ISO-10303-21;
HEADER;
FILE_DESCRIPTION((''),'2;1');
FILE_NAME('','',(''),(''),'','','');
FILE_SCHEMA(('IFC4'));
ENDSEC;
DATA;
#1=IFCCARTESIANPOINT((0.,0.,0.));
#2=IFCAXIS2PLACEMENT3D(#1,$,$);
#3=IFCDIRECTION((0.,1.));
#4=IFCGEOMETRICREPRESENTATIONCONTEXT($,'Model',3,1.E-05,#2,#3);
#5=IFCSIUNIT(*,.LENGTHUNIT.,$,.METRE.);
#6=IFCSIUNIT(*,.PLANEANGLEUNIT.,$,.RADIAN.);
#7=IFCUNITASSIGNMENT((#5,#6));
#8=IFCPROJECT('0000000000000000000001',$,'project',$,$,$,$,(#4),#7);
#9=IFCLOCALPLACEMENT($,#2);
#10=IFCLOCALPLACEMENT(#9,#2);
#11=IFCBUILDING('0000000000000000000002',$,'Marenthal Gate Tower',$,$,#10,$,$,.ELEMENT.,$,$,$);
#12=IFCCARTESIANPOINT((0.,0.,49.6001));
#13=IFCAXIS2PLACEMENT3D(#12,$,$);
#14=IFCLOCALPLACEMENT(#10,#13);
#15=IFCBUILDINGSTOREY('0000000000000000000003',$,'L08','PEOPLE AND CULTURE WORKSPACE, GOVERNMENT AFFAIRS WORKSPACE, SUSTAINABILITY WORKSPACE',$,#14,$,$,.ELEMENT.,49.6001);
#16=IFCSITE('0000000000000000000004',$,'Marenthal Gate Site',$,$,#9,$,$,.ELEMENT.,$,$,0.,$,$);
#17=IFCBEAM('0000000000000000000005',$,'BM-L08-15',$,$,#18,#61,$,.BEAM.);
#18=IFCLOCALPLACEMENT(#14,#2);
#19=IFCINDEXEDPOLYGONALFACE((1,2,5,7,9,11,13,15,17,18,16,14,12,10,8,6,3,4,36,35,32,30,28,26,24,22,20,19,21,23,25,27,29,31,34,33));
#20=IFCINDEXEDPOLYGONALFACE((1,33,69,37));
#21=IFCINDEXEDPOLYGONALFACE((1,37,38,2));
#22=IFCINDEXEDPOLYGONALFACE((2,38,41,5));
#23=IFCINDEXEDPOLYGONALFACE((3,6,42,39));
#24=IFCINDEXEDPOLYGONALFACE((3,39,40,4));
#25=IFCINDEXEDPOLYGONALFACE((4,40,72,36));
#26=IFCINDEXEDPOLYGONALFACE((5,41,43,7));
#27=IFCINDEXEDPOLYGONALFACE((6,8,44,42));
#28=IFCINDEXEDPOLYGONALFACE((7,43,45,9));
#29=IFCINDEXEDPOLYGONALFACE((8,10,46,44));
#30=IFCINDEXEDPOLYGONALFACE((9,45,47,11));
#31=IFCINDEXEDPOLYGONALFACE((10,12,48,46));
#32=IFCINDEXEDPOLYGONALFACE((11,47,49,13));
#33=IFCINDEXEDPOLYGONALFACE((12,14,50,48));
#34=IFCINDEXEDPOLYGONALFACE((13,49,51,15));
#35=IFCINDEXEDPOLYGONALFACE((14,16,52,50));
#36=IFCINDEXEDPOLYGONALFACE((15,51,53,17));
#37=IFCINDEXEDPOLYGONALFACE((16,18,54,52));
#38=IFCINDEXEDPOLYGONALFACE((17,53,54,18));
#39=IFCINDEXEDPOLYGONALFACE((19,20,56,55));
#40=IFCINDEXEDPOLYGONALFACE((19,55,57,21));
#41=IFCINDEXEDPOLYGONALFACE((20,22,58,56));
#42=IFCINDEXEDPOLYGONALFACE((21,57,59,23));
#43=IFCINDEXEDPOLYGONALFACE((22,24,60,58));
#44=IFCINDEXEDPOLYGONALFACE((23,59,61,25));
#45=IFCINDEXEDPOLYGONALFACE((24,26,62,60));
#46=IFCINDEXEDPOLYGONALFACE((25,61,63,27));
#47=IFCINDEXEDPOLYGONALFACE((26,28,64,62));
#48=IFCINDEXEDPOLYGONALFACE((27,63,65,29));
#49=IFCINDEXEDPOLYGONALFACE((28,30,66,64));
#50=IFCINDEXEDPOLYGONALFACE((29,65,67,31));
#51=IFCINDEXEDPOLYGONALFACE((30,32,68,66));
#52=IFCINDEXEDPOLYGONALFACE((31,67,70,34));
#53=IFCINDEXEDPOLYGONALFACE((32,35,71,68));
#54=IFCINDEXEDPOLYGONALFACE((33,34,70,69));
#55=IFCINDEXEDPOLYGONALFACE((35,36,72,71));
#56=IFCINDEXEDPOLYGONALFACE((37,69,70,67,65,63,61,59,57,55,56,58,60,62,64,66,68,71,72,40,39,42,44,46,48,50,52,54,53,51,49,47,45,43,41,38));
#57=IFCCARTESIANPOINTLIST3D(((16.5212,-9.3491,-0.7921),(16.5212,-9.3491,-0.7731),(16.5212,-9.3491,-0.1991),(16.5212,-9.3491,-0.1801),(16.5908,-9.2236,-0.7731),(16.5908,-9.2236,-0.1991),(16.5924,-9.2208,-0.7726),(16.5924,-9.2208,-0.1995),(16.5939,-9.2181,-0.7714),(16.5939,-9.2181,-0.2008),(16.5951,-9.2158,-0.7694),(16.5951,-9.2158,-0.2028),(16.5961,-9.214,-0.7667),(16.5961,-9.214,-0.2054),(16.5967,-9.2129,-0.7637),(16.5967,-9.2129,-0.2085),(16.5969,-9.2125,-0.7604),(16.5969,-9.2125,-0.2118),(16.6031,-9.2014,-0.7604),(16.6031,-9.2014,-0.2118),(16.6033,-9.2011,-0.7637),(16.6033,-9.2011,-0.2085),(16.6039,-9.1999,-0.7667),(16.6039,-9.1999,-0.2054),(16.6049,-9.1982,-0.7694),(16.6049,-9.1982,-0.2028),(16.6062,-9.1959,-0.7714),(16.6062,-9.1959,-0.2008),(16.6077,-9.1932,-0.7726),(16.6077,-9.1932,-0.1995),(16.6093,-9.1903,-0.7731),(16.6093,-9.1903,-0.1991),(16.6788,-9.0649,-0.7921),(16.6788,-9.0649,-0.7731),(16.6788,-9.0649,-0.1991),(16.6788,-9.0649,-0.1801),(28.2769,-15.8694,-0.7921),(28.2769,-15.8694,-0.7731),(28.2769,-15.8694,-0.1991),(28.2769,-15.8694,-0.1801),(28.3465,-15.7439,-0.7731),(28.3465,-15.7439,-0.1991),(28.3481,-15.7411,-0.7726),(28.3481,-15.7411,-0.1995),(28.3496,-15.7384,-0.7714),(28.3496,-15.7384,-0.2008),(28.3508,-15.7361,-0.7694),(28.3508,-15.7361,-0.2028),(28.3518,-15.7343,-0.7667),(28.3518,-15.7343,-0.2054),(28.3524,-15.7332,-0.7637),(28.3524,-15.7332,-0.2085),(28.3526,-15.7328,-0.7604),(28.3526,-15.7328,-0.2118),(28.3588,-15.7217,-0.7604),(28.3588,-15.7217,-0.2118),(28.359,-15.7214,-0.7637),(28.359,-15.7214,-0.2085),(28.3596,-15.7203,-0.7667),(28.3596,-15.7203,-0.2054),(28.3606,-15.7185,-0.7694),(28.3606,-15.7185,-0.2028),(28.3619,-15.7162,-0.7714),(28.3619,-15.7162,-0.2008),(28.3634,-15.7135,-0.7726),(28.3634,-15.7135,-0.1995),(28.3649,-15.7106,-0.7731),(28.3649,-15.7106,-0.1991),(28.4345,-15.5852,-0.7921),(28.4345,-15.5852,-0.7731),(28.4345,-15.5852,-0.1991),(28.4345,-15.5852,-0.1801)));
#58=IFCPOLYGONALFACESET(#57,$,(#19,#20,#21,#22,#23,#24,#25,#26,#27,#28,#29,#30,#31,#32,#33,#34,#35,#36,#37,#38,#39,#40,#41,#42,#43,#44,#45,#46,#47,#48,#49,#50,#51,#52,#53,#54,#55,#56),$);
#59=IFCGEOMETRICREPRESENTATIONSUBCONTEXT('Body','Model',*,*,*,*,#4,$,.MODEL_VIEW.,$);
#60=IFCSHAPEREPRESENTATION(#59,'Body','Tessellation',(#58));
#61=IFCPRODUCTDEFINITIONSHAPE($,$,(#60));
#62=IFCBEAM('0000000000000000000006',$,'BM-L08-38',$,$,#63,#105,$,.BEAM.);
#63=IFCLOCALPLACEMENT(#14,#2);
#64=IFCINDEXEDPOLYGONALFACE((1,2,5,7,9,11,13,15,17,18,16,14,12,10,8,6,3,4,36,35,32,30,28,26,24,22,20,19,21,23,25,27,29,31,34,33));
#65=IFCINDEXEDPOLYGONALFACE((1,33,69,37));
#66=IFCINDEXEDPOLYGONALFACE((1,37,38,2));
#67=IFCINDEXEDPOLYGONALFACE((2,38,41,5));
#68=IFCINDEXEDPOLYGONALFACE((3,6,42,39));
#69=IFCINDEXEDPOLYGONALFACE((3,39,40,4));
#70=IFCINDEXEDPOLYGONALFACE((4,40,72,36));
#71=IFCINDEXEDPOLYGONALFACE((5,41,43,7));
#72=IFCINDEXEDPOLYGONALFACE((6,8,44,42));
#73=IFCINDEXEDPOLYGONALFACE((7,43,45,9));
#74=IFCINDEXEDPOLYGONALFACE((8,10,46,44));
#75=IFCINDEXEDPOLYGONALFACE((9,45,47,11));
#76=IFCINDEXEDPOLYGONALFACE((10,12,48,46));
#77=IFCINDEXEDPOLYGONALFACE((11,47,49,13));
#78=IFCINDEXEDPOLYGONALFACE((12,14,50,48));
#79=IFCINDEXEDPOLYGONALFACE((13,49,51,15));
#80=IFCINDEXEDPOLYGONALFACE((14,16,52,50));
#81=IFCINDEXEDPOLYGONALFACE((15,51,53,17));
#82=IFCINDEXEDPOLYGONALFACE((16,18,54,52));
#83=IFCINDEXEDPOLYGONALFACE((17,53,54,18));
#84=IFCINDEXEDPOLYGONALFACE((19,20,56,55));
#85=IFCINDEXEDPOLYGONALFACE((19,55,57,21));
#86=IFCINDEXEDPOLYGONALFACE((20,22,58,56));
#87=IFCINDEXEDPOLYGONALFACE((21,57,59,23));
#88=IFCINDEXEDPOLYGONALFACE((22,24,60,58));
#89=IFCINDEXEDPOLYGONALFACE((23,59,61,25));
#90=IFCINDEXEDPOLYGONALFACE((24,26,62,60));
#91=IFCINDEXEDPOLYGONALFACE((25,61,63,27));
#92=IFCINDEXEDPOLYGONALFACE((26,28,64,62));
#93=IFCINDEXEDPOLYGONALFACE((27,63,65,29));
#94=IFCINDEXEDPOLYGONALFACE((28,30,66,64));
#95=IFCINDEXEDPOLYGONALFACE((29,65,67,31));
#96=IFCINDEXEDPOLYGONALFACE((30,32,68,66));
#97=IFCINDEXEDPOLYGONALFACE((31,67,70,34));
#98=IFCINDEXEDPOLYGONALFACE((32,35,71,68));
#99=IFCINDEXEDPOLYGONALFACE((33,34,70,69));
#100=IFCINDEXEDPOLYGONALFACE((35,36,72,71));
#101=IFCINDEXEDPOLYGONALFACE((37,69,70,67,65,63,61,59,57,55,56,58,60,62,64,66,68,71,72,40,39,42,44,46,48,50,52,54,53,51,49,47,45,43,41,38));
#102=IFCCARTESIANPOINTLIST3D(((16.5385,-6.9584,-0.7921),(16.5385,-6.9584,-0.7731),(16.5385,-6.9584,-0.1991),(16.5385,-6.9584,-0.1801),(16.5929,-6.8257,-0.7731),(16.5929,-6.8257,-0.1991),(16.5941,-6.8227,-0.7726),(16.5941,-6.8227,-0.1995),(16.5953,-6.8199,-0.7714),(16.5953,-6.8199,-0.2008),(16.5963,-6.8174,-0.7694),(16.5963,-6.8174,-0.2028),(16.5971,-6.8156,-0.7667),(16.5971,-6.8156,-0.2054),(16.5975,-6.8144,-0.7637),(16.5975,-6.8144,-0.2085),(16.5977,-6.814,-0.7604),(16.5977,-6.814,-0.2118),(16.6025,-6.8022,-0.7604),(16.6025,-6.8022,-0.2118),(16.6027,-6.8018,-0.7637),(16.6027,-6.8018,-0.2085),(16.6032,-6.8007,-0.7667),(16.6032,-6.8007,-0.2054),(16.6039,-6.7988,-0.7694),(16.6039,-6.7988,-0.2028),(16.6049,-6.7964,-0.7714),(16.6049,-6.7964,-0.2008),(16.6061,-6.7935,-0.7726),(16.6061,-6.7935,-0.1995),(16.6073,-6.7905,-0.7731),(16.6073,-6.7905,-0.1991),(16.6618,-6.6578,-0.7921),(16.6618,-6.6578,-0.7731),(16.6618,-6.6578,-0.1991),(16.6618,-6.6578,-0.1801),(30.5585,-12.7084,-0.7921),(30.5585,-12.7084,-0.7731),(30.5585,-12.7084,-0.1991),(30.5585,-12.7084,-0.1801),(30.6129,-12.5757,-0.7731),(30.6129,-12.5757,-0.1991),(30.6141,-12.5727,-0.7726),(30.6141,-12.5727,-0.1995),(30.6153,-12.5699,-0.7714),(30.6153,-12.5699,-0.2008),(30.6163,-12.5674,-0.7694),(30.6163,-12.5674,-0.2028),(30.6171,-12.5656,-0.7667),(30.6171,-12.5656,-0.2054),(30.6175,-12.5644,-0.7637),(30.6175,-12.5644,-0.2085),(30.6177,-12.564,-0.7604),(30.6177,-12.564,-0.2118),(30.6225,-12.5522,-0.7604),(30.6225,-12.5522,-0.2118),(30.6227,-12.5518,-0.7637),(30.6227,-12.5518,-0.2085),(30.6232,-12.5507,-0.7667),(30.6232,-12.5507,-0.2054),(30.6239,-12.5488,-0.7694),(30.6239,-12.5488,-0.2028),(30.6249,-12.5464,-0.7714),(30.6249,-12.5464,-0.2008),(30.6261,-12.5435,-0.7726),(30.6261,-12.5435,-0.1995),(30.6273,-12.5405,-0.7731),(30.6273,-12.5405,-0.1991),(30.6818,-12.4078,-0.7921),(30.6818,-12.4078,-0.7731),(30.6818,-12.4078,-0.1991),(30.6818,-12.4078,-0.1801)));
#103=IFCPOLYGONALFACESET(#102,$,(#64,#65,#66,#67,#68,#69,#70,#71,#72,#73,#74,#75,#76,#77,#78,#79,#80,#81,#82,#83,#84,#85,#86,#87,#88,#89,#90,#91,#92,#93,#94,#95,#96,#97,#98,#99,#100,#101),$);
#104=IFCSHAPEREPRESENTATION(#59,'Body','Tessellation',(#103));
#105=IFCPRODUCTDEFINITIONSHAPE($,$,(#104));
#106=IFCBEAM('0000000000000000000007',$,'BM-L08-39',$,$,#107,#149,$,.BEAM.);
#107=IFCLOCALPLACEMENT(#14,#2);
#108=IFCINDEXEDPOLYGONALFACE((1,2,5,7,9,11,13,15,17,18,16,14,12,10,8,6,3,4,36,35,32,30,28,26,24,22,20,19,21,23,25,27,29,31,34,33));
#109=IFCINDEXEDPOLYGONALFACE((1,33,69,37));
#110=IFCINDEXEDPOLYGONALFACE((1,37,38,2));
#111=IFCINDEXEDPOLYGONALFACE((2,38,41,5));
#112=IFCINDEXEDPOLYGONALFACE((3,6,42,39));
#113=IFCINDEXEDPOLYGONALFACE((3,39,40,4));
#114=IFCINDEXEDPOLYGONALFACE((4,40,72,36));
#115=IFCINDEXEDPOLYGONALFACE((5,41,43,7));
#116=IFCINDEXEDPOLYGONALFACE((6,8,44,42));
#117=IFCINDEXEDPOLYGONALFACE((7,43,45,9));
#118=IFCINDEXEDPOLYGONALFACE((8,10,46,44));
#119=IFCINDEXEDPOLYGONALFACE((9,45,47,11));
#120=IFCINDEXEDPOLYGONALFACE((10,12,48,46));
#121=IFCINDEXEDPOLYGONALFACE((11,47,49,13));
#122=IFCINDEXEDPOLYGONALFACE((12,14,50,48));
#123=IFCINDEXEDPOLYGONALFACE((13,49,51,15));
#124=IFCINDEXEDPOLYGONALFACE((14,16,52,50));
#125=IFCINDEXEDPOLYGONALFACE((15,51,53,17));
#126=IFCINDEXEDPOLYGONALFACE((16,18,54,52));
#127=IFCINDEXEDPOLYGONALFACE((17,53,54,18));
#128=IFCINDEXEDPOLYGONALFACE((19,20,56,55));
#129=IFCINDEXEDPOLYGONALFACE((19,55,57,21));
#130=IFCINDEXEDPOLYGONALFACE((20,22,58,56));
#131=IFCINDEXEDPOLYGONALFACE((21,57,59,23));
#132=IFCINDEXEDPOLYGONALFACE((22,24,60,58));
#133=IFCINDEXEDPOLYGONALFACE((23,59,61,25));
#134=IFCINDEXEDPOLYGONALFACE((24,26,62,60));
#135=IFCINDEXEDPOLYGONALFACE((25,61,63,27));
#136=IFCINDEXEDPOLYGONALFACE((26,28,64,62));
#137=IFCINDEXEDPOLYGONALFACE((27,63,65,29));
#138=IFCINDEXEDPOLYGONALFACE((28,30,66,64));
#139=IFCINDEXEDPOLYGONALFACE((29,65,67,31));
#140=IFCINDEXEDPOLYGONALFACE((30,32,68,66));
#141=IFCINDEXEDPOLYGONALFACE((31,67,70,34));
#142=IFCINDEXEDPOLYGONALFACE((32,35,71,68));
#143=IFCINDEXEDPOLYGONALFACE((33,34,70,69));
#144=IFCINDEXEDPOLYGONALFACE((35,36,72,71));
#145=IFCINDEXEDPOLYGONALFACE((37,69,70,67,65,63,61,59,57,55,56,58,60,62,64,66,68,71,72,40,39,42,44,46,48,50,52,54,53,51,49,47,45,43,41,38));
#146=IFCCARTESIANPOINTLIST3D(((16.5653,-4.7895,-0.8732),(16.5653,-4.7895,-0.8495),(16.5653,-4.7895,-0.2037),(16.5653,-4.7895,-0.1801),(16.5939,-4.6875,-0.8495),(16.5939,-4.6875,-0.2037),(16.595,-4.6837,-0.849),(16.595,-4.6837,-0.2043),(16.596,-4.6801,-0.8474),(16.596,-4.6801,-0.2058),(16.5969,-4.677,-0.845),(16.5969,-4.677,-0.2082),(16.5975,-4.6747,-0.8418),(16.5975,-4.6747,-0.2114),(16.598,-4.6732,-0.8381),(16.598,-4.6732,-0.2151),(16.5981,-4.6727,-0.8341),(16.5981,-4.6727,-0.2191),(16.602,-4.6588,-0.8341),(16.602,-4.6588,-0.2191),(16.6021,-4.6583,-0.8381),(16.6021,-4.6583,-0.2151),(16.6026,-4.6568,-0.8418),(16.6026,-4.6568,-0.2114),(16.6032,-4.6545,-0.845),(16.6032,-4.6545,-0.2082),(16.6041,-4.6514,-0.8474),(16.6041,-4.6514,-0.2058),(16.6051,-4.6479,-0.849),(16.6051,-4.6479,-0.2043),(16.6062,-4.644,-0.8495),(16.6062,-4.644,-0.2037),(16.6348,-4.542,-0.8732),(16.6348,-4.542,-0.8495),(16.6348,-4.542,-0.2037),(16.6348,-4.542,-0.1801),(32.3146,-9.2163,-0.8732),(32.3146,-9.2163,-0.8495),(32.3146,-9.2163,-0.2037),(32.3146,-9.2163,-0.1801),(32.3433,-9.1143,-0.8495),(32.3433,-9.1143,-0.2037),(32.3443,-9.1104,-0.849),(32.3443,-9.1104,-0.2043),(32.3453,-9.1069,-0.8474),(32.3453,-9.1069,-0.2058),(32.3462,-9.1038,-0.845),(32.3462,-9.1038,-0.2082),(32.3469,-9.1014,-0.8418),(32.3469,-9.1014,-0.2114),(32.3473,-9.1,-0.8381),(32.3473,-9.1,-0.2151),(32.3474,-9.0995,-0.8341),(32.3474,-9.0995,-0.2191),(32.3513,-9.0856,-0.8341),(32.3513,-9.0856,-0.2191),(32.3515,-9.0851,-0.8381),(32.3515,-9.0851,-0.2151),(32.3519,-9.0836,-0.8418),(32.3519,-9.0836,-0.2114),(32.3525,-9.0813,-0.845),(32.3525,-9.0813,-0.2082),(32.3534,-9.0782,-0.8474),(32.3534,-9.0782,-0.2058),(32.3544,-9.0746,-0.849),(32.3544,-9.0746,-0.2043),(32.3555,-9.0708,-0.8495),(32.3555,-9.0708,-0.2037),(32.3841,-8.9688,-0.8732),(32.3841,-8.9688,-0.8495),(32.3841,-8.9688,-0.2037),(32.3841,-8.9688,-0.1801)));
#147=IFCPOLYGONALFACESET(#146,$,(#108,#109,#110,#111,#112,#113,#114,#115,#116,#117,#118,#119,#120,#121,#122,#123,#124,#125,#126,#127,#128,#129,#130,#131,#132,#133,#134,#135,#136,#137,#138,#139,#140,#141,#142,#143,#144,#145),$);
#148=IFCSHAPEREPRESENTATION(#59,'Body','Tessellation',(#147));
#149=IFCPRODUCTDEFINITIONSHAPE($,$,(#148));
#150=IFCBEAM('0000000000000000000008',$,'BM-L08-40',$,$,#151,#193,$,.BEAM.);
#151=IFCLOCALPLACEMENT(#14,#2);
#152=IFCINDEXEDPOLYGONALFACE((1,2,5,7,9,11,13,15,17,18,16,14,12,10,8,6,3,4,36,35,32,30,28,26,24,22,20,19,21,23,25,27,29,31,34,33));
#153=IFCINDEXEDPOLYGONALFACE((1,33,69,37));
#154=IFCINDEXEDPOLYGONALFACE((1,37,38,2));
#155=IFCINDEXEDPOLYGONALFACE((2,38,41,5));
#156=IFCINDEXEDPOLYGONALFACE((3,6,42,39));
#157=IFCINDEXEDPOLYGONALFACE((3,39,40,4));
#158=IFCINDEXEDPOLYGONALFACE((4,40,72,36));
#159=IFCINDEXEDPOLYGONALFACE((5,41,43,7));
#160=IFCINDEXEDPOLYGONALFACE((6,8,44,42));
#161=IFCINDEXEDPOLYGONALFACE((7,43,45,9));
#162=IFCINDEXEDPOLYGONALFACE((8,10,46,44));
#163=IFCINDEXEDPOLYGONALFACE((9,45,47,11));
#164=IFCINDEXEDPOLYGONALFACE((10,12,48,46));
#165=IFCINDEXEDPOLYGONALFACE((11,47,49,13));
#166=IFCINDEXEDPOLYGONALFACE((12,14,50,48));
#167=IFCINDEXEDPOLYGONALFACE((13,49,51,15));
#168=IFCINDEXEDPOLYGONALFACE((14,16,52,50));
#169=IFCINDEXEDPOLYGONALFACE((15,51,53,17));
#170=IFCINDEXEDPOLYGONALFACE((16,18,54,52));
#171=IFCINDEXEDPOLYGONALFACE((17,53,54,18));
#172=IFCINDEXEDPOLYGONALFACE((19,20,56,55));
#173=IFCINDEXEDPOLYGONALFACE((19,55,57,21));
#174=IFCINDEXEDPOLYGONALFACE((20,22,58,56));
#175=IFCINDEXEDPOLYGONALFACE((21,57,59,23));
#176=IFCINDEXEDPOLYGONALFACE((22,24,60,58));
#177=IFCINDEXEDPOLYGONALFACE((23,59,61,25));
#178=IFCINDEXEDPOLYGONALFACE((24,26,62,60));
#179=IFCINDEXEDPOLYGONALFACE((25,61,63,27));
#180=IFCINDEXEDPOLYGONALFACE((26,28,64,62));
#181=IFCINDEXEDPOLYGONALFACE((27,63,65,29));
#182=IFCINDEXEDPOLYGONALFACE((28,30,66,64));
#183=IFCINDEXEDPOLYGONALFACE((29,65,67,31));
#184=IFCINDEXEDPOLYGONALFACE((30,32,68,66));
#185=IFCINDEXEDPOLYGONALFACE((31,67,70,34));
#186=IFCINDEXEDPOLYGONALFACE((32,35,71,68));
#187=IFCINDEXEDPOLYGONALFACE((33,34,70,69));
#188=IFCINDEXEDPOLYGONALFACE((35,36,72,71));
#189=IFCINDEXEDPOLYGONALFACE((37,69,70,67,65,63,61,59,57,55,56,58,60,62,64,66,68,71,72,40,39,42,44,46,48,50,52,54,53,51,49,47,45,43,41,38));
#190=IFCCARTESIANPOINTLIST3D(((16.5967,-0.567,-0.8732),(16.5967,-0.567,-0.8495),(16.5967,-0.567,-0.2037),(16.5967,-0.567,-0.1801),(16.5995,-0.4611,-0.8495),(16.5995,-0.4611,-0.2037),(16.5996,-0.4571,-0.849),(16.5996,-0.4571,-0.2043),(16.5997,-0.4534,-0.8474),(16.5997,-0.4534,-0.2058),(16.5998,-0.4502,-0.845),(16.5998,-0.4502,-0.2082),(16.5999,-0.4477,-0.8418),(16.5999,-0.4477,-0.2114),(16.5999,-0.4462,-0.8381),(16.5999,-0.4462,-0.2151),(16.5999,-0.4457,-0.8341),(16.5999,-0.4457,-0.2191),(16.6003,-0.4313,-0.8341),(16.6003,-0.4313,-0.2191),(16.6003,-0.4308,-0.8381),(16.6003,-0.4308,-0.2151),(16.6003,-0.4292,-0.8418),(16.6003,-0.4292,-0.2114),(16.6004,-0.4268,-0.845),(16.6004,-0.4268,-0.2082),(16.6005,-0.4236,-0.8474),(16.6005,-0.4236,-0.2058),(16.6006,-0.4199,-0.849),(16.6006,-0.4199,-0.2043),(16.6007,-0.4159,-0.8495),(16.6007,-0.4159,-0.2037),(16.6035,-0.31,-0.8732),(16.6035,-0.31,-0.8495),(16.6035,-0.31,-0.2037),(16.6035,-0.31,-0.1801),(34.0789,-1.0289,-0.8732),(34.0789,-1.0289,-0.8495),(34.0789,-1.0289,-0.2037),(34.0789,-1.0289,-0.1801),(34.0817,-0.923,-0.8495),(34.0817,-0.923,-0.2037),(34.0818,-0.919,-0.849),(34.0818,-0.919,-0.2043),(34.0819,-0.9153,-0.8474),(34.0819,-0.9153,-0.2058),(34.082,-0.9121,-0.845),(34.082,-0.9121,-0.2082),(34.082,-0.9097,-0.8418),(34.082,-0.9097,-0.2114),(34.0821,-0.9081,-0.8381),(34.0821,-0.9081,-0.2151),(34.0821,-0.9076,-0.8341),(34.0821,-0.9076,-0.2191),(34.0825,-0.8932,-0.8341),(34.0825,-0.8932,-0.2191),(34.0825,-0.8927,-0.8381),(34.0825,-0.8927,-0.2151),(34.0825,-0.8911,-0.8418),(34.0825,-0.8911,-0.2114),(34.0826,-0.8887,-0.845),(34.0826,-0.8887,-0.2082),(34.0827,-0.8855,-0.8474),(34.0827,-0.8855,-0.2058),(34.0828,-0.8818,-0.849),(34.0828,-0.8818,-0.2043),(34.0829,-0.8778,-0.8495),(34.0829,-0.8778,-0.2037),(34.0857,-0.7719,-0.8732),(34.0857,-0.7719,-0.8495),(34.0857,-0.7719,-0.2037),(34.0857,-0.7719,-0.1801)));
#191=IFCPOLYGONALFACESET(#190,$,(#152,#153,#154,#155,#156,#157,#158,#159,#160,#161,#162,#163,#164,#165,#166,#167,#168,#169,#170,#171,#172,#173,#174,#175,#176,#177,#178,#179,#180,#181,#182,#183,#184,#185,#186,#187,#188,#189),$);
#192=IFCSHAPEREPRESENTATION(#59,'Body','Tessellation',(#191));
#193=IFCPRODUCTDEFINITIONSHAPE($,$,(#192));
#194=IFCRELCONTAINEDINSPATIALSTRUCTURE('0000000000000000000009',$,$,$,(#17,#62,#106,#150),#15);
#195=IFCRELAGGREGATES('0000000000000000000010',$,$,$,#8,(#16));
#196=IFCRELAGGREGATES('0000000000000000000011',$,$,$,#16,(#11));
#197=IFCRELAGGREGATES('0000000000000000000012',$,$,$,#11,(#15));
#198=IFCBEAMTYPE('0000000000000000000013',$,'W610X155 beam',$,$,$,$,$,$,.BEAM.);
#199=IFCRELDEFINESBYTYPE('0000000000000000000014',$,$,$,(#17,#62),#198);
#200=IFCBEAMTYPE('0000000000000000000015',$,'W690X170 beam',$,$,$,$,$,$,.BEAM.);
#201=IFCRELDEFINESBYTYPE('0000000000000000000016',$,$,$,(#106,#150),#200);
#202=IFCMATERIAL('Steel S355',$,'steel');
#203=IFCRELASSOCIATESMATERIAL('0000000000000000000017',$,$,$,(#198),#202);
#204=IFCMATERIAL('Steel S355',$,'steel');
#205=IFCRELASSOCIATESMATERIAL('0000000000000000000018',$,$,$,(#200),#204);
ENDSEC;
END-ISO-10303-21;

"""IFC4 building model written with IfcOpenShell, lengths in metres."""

from ifc_helpers import new_model, si_unit, direction, frame, origin, origin_2d, place, context, subcontext, project, spatial, i_section, extrude, material, material_profile, profile_set, type_object, element, save


model = new_model("IFC4")

# Units and contexts
model_context = context("Model", 3, precision=1e-05, world=origin(), true_north=direction((0.0, 1.0)))
body_context = subcontext(model_context, "Body", "Model", "MODEL_VIEW")
ifc_project = project(units=[si_unit("LENGTHUNIT", "METRE"), si_unit("PLANEANGLEUNIT", "RADIAN")], contexts=[model_context])

# Site, building, storey
site_placement = place(None, origin())
site = spatial("IfcSite", under=ifc_project, at=site_placement, Name="Marenthal Gate Site", CompositionType="ELEMENT", RefElevation=0.0)
building_placement = place(site_placement, origin())
building = spatial("IfcBuilding", under=site, at=building_placement, Name="Marenthal Gate Tower", CompositionType="ELEMENT")
storey_placement = place(building_placement, frame((0.0, 0.0, 49.6001)))
storey = spatial("IfcBuildingStorey", under=building, at=storey_placement, Name="L08", Description="PEOPLE AND CULTURE WORKSPACE, GOVERNMENT AFFAIRS WORKSPACE, SUSTAINABILITY WORKSPACE", CompositionType="ELEMENT", Elevation=49.6001)

# Beams
ifc_material_1 = material(Name="Steel S355", Category="steel")
ifc_material_profile_1 = material_profile(ifc_material_1, i_section(OverallWidth=0.325, OverallDepth=0.6121, WebThickness=0.0127, FlangeThickness=0.019, FilletRadius=0.0127, at=origin_2d()), Name="W610X155")
ifc_profile_set_1 = profile_set([ifc_material_profile_1], Name="Steel S355")
beam_type_1 = type_object("IfcBeamType", Name="W610X155 beam", PredefinedType="BEAM", material=ifc_profile_set_1)
beam_1_placement = place(storey_placement, frame((28.3557, -15.7273, -0.4861), z_axis=(-0.874493, 0.485038, 0.0), x_axis=(-0.485038, -0.874493, 0.0)))
element("IfcBeam", 1, at=beam_1_placement, inside=storey, type_object=beam_type_1, Name="BM-L08-15", PredefinedType="BEAM", context=body_context, shape_type="SweptSolid", body=[
    extrude(i_section(OverallWidth=0.325, OverallDepth=0.6121, WebThickness=0.0127, FlangeThickness=0.019, FilletRadius=0.0127, at=origin_2d()), origin(), (0.0, 0.0, 1.0), 13.4429),
])
beam_2_placement = place(storey_placement, frame((30.6201, -12.5581, -0.4861), z_axis=(-0.92521, 0.379455, 0.0), x_axis=(-0.379455, -0.92521, 0.0)))
element("IfcBeam", 2, at=beam_2_placement, inside=storey, type_object=beam_type_1, Name="BM-L08-38", PredefinedType="BEAM", context=body_context, shape_type="SweptSolid", body=[
    extrude(i_section(OverallWidth=0.325, OverallDepth=0.6121, WebThickness=0.0127, FlangeThickness=0.019, FilletRadius=0.0127, at=origin_2d()), origin(), (0.0, 0.0, 1.0), 15.1533),
])
ifc_material_2 = material(Name="Steel S355", Category="steel")
ifc_material_profile_2 = material_profile(ifc_material_2, i_section(OverallWidth=0.2571, OverallDepth=0.6931, WebThickness=0.0144, FlangeThickness=0.0237, FilletRadius=0.0154, at=origin_2d()), Name="W690X170")
ifc_profile_set_2 = profile_set([ifc_material_profile_2], Name="Steel S355")
beam_type_2 = type_object("IfcBeamType", Name="W690X170 beam", PredefinedType="BEAM", material=ifc_profile_set_2)
beam_3_placement = place(storey_placement, frame((32.3494, -9.0925, -0.5266), z_axis=(-0.962694, 0.270591, 0.0), x_axis=(-0.270591, -0.962694, 0.0)))
element("IfcBeam", 3, at=beam_3_placement, inside=storey, type_object=beam_type_2, Name="BM-L08-39", PredefinedType="BEAM", context=body_context, shape_type="SweptSolid", body=[
    extrude(i_section(OverallWidth=0.2571, OverallDepth=0.6931, WebThickness=0.0144, FlangeThickness=0.0237, FilletRadius=0.0154, at=origin_2d()), origin(), (0.0, 0.0, 1.0), 16.3596),
])
beam_4_placement = place(storey_placement, frame((34.0823, -0.9004, -0.5266), z_axis=(-0.999651, 0.026413, 0.0), x_axis=(-0.026413, -0.999651, 0.0)))
element("IfcBeam", 4, at=beam_4_placement, inside=storey, type_object=beam_type_2, Name="BM-L08-40", PredefinedType="BEAM", context=body_context, shape_type="SweptSolid", body=[
    extrude(i_section(OverallWidth=0.2571, OverallDepth=0.6931, WebThickness=0.0144, FlangeThickness=0.0237, FilletRadius=0.0154, at=origin_2d()), origin(), (0.0, 0.0, 1.0), 17.4883),
])

save(model, "model.ifc")
